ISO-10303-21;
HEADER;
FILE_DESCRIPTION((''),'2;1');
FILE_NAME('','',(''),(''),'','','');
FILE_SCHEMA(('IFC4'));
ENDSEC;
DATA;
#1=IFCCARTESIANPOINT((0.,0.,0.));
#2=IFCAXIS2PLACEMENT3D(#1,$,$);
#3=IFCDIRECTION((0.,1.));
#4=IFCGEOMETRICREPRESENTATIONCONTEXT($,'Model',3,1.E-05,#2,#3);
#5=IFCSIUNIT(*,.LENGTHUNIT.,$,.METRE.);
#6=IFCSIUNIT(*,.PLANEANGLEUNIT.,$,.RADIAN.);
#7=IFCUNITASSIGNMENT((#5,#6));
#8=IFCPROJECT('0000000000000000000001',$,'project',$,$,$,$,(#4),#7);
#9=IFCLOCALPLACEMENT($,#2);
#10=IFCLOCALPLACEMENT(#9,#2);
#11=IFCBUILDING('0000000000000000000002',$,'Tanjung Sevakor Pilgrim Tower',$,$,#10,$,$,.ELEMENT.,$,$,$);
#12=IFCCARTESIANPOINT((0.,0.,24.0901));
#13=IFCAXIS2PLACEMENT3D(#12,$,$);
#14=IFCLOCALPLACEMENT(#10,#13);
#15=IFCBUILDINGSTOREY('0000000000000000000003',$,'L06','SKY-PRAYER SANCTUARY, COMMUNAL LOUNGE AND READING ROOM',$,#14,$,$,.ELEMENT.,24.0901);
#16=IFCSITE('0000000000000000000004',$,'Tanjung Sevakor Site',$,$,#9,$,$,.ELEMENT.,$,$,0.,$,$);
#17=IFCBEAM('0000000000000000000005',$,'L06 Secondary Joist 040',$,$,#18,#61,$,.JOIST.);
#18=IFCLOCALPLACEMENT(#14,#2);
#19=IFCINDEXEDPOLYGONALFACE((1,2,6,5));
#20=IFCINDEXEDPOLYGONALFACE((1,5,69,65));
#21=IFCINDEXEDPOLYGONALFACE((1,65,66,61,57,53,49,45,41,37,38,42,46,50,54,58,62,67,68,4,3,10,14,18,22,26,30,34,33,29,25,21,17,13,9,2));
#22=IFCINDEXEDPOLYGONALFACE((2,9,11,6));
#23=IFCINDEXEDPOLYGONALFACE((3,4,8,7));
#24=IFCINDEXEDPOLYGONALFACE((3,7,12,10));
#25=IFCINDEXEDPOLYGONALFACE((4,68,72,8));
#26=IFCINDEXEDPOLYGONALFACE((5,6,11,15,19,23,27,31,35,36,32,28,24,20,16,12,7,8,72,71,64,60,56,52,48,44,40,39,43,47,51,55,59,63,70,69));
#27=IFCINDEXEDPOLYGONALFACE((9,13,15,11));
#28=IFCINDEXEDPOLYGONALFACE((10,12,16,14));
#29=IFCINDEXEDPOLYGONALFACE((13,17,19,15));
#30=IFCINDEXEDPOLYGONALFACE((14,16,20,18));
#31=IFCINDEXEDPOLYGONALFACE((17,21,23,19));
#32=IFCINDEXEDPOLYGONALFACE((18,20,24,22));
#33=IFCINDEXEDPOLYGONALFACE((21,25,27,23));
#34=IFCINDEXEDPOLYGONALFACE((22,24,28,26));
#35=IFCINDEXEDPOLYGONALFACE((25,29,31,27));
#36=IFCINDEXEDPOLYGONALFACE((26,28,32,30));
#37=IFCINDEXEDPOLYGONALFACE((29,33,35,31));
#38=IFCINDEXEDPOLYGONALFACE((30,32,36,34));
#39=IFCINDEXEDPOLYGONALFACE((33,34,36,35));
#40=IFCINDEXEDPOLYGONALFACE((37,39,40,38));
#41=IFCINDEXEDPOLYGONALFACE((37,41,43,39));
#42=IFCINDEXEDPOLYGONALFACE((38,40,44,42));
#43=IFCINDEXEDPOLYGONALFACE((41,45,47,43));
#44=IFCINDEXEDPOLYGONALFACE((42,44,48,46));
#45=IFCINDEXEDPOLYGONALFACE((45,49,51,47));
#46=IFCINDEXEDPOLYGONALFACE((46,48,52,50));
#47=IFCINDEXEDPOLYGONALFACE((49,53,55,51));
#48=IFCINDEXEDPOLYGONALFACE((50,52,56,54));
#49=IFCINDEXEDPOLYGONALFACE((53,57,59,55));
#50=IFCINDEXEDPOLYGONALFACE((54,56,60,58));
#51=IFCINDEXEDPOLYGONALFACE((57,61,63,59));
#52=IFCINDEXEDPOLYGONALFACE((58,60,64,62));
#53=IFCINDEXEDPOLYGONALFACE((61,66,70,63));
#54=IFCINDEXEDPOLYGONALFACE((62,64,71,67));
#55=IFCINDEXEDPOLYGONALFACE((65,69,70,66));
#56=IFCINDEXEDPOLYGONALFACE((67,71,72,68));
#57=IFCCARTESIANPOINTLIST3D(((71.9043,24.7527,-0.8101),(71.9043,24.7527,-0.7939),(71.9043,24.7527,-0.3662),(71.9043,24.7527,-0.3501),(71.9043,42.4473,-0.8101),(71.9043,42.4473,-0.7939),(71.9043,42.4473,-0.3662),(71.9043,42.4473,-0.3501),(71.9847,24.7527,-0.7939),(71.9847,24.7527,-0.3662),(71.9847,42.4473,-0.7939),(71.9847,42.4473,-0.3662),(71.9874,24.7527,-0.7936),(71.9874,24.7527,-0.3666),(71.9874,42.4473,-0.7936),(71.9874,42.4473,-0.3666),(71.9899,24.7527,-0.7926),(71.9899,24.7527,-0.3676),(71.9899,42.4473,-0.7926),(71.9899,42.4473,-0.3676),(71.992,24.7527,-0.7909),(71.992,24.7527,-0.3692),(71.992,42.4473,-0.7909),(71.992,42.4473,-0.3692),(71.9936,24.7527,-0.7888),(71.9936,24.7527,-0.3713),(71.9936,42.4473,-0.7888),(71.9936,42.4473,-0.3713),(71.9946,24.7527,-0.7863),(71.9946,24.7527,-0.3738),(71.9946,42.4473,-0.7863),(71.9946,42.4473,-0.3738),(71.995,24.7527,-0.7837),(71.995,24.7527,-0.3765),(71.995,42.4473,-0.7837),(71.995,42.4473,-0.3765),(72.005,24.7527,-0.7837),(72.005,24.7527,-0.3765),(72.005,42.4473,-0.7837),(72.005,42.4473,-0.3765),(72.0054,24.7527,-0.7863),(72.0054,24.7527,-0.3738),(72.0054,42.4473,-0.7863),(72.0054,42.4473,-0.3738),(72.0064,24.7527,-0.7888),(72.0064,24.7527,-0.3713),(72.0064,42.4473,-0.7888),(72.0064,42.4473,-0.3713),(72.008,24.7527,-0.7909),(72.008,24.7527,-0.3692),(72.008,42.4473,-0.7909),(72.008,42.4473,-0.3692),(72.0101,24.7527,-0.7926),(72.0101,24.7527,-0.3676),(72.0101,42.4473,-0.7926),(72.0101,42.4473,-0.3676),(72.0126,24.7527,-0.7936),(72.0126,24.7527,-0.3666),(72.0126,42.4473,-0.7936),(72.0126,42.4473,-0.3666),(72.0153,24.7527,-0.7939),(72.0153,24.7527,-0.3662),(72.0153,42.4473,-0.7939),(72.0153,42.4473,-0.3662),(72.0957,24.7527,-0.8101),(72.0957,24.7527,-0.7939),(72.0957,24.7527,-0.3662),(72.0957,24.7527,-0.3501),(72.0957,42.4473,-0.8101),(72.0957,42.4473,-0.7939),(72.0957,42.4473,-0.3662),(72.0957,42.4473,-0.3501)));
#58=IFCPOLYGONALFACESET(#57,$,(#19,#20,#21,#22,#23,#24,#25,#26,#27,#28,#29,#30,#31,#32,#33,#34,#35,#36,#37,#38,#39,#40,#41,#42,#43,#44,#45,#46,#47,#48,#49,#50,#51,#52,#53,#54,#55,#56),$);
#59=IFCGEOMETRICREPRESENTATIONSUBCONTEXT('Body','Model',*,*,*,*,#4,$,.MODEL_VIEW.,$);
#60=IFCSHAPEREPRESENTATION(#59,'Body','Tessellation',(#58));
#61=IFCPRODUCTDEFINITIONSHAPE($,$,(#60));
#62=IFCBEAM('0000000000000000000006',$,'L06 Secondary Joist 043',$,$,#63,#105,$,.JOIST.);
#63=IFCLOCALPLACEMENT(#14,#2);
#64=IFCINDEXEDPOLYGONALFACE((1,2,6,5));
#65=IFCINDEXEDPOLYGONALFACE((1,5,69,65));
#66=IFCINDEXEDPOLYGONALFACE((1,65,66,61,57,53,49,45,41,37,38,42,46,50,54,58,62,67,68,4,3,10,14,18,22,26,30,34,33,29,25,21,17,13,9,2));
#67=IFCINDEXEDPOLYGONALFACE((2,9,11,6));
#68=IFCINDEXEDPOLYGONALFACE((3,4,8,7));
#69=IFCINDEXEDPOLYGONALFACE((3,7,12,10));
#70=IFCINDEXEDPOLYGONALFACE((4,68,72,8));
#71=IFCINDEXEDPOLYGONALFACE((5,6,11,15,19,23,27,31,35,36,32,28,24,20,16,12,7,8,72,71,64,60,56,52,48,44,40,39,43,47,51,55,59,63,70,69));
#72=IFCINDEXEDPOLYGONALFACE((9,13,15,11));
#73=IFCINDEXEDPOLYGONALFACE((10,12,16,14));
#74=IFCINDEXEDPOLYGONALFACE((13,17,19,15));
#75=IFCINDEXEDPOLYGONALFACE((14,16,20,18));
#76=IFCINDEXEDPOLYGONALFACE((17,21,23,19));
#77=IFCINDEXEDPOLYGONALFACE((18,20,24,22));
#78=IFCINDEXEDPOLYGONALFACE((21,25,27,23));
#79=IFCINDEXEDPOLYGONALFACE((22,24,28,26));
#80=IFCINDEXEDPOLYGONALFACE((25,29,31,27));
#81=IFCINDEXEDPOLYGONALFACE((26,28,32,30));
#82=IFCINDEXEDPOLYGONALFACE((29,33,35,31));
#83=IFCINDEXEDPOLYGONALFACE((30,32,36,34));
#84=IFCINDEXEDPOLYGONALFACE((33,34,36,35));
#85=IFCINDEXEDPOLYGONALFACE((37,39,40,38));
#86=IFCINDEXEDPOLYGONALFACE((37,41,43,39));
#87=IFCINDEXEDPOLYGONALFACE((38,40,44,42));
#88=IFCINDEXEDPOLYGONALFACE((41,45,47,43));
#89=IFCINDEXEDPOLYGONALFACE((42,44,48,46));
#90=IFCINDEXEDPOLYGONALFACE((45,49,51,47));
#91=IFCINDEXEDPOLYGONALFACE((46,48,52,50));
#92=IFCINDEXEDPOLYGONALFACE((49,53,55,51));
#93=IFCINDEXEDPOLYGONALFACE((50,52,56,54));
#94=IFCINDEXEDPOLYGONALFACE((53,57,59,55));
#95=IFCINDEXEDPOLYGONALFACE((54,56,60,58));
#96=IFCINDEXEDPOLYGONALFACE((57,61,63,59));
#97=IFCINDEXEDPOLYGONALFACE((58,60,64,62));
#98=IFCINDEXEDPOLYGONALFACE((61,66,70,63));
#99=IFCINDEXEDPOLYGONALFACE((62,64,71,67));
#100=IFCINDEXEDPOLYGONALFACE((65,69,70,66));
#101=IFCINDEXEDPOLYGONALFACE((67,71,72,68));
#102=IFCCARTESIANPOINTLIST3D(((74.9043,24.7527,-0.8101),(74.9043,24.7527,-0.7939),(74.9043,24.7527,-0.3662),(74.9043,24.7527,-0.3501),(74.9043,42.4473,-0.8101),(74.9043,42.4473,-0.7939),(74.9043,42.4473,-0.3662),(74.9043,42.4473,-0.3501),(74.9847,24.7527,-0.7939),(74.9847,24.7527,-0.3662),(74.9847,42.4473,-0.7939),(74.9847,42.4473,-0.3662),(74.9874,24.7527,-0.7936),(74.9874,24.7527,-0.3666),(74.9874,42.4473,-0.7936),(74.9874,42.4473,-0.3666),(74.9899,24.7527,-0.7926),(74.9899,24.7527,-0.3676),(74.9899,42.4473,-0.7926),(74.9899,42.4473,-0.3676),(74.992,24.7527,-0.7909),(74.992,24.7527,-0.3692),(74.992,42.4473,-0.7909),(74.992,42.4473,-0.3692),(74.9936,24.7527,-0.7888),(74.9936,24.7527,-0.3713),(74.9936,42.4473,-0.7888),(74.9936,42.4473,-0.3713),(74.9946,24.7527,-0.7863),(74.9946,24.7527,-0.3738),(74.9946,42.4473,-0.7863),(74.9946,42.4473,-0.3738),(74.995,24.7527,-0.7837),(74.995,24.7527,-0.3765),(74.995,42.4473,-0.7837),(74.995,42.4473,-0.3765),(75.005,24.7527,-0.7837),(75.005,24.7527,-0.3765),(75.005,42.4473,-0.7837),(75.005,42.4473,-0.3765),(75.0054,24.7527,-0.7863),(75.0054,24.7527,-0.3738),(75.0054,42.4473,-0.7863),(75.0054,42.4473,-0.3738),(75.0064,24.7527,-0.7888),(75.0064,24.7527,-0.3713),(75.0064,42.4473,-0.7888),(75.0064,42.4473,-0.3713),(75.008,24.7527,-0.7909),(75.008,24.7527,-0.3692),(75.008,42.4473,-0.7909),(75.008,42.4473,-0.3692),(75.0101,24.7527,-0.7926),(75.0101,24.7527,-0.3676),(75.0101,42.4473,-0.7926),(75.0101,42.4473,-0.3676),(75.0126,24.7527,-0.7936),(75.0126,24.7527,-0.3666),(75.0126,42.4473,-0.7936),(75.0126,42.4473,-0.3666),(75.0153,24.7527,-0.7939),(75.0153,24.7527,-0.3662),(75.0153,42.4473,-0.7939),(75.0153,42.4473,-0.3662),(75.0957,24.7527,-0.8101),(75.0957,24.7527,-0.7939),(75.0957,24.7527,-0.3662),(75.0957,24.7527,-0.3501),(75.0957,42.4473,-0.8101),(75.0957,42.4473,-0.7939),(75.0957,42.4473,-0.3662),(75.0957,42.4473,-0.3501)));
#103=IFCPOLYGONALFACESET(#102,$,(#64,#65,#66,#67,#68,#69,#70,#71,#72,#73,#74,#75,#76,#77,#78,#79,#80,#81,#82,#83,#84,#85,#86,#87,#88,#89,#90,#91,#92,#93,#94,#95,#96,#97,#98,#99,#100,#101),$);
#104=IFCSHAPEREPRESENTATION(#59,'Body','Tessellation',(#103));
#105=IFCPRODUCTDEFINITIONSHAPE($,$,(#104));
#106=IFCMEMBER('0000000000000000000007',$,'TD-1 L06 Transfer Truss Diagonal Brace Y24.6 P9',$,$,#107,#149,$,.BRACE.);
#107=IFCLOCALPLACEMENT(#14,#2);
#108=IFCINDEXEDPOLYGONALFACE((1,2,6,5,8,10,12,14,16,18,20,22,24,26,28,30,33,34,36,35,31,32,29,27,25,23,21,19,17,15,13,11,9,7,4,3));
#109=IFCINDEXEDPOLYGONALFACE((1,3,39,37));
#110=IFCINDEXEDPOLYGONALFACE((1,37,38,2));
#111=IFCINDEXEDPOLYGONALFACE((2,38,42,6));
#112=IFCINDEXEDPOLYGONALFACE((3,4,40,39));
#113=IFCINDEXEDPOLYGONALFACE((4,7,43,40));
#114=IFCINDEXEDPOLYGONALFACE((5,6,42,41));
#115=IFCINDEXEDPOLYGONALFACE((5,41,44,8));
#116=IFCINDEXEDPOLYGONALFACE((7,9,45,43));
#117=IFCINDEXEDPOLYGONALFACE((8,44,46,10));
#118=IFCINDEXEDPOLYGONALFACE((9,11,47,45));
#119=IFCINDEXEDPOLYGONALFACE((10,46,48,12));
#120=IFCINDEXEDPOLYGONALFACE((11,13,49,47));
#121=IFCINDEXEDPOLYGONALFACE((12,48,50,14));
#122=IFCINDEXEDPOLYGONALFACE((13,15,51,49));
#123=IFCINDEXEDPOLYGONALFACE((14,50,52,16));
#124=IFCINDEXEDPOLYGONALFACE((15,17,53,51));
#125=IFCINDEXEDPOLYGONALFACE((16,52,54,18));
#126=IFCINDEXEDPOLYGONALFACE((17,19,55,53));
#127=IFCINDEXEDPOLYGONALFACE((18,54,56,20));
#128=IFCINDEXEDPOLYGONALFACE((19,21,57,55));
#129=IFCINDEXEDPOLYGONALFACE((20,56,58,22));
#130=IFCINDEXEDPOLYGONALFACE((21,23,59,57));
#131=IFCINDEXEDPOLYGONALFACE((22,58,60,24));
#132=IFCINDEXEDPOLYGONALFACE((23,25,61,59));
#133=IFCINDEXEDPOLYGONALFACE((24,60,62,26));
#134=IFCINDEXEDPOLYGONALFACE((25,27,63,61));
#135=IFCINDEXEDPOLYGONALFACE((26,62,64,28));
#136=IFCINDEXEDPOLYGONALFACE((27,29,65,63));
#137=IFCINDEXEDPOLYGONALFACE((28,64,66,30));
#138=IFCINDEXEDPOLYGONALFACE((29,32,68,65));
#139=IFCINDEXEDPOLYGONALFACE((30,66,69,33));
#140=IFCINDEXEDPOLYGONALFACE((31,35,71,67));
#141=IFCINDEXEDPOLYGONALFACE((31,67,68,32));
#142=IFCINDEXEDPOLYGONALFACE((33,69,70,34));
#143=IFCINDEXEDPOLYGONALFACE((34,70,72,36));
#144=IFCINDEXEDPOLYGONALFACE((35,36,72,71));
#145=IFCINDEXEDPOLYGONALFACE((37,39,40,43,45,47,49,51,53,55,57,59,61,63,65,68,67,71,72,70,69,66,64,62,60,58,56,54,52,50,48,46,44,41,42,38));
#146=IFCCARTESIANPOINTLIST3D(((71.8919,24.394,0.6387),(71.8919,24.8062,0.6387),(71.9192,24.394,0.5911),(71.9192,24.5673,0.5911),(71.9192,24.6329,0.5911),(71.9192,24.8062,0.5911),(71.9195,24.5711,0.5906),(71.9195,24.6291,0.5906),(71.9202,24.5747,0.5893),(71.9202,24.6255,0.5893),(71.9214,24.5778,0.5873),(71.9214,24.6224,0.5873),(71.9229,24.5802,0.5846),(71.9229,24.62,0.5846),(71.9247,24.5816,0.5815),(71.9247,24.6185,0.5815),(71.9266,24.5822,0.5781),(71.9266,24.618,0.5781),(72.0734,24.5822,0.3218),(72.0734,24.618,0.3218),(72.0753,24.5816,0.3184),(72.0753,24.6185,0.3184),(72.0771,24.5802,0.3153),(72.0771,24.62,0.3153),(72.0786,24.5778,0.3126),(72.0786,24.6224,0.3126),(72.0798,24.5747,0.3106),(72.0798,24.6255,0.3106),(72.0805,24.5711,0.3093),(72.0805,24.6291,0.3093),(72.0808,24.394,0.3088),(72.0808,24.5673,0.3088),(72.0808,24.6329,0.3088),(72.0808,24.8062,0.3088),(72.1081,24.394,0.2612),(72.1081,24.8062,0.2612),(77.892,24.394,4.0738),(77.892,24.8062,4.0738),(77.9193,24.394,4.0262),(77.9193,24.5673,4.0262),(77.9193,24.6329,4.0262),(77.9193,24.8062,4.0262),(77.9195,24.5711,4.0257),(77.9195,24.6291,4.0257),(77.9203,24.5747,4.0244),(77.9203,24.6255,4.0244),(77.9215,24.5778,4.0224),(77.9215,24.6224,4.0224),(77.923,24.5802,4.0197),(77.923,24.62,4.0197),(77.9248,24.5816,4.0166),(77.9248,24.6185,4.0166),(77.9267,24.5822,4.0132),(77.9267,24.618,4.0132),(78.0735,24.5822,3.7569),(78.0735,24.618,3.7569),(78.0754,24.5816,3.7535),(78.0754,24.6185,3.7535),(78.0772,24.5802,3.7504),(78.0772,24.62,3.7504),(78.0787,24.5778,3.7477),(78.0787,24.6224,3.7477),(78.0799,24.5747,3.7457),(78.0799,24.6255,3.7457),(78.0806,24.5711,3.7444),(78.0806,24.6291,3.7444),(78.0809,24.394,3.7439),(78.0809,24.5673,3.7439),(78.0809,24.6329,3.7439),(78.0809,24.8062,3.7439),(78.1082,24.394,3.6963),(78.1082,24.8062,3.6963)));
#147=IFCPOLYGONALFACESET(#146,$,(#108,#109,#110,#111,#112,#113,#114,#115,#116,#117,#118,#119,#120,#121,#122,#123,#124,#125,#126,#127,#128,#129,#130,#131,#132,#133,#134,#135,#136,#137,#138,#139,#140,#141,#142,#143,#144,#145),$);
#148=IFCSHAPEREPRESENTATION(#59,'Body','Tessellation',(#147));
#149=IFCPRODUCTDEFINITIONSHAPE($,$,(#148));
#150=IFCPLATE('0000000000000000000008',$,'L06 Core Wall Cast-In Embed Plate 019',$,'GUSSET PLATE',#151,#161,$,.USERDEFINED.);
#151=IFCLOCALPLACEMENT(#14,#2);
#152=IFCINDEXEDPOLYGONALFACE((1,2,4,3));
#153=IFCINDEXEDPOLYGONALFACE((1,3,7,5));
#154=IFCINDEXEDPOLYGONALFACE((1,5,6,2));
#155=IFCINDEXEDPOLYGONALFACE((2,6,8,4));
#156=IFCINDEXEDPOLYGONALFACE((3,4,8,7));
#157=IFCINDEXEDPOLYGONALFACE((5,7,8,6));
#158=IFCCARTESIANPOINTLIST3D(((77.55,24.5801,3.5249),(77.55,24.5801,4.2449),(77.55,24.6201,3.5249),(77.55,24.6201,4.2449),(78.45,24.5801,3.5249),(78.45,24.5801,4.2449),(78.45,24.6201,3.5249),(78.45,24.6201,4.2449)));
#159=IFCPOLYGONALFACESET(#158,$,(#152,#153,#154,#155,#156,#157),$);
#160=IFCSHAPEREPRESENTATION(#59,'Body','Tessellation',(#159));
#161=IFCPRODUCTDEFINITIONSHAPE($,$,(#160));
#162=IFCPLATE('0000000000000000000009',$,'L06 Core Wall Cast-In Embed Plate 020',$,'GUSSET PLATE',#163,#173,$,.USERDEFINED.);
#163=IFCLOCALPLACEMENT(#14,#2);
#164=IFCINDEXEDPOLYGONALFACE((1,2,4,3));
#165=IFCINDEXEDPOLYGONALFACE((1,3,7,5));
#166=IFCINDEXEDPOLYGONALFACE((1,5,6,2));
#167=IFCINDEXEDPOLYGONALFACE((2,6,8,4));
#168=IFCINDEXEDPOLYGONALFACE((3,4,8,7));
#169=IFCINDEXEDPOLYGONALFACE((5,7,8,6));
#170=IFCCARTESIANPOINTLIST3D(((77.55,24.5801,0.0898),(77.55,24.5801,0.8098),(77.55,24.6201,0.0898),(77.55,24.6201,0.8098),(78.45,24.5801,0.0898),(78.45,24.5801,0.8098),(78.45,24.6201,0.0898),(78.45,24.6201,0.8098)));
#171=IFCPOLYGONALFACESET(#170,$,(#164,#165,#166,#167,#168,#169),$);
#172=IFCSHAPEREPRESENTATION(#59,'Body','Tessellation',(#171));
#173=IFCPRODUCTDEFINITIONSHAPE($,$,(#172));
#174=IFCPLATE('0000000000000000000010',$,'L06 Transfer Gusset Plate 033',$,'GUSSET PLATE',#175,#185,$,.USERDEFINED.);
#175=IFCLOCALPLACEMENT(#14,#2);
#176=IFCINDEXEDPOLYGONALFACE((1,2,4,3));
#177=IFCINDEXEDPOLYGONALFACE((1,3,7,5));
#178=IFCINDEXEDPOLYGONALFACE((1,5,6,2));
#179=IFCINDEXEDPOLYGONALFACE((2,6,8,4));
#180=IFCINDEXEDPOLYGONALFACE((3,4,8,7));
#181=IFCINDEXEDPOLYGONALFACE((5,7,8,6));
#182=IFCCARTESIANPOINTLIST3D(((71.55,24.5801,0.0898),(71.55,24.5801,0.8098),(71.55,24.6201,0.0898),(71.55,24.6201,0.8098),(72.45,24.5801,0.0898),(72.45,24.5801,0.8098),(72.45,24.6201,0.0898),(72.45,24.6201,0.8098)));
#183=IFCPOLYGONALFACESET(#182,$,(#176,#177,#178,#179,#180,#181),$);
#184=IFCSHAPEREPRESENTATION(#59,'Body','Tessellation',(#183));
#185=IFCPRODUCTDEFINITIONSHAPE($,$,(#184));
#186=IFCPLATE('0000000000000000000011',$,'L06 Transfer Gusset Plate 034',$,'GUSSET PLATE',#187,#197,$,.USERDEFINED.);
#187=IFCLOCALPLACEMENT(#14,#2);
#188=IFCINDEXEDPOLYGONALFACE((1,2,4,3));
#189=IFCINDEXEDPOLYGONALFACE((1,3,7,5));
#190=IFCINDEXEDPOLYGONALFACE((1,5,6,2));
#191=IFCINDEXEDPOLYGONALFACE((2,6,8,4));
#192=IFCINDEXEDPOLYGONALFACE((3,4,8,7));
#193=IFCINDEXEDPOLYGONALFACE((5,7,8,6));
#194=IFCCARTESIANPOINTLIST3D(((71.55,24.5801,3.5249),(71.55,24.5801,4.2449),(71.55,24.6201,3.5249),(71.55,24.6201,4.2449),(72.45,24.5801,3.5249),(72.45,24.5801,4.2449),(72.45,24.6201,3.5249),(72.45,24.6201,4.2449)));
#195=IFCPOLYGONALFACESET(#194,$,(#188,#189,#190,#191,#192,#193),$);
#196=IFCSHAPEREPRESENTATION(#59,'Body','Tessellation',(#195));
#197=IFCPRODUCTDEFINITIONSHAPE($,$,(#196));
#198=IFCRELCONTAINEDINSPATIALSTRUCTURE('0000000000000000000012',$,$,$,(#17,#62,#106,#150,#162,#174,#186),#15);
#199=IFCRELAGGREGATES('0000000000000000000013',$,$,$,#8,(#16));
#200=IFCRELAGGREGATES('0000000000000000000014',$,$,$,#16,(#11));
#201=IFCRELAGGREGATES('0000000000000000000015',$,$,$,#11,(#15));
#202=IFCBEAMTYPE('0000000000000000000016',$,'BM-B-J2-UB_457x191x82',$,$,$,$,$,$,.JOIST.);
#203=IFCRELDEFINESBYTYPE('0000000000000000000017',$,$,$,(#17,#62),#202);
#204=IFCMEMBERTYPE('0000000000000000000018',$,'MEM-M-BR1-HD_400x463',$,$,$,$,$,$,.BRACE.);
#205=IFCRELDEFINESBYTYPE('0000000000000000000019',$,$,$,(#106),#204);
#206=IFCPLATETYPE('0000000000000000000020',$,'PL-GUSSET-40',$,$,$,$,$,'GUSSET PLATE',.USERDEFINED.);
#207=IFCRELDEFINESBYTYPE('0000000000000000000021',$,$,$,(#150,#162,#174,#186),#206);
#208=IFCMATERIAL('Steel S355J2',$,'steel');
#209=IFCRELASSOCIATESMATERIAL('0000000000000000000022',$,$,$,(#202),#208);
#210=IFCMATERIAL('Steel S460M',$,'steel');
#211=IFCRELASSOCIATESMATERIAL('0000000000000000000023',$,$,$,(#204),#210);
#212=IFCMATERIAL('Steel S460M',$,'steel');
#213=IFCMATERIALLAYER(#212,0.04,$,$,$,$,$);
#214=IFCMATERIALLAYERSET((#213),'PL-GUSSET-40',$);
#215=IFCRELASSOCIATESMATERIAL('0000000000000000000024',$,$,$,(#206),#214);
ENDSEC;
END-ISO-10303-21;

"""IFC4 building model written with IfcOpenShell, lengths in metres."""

from ifc_helpers import new_model, si_unit, direction, frame, origin, origin_2d, place, context, subcontext, project, spatial, rectangle, i_section, extrude, material, layer, layer_set, material_profile, profile_set, type_object, element, save


model = new_model("IFC4")

# Units and contexts
model_context = context("Model", 3, precision=1e-05, world=origin(), true_north=direction((0.0, 1.0)))
body_context = subcontext(model_context, "Body", "Model", "MODEL_VIEW")
ifc_project = project(units=[si_unit("LENGTHUNIT", "METRE"), si_unit("PLANEANGLEUNIT", "RADIAN")], contexts=[model_context])

# Site, building, storey
site_placement = place(None, origin())
site = spatial("IfcSite", under=ifc_project, at=site_placement, Name="Tanjung Sevakor Site", CompositionType="ELEMENT", RefElevation=0.0)
building_placement = place(site_placement, origin())
building = spatial("IfcBuilding", under=site, at=building_placement, Name="Tanjung Sevakor Pilgrim Tower", CompositionType="ELEMENT")
storey_placement = place(building_placement, frame((0.0, 0.0, 24.0901)))
storey = spatial("IfcBuildingStorey", under=building, at=storey_placement, Name="L06", Description="SKY-PRAYER SANCTUARY, COMMUNAL LOUNGE AND READING ROOM", CompositionType="ELEMENT", Elevation=24.0901)

# Beams
ifc_material_1 = material(Name="Steel S355J2", Category="steel")
ifc_material_profile_1 = material_profile(ifc_material_1, i_section(OverallWidth=0.1914, OverallDepth=0.46, WebThickness=0.01, FlangeThickness=0.0161, FilletRadius=0.0103, at=origin_2d()))
ifc_profile_set_1 = profile_set([ifc_material_profile_1], Name="Steel S355J2")
beam_type_1 = type_object("IfcBeamType", Name="BM-B-J2-UB_457x191x82", PredefinedType="JOIST", material=ifc_profile_set_1)
for number, where, z_axis, x_axis, name in (
    (1, (72.0, 24.7527, -0.5801), (0.0, 1.0, 0.0), (-1.0, 0.0, 0.0), "L06 Secondary Joist 040"),
    (2, (75.0, 24.7527, -0.5801), (0.0, 1.0, 0.0), (-1.0, 0.0, 0.0), "L06 Secondary Joist 043"),
):
    element("IfcBeam", number, at=place(storey_placement, frame(where, z_axis=z_axis, x_axis=x_axis)), inside=storey, type_object=beam_type_1, Name=name, PredefinedType="JOIST", context=body_context, shape_type="SweptSolid", body=[
        extrude(i_section(OverallWidth=0.1914, OverallDepth=0.46, WebThickness=0.01, FlangeThickness=0.0161, FilletRadius=0.0103, at=origin_2d()), origin(), (0.0, 0.0, 1.0), 17.6946),
    ])

# Member
ifc_material_2 = material(Name="Steel S460M", Category="steel")
ifc_material_profile_2 = material_profile(ifc_material_2, i_section(OverallWidth=0.4121, OverallDepth=0.4351, WebThickness=0.0359, FlangeThickness=0.0549, FilletRadius=0.0149, at=origin_2d()))
ifc_profile_set_2 = profile_set([ifc_material_profile_2], Name="Steel S460M")
member_type = type_object("IfcMemberType", Name="MEM-M-BR1-HD_400x463", PredefinedType="BRACE", material=ifc_profile_set_2)
member_placement = place(storey_placement, frame((72.0, 24.6001, 0.45), z_axis=(0.867839, 0.0, 0.496846), x_axis=(0.0, 1.0, 0.0)))
element("IfcMember", 3, at=member_placement, inside=storey, type_object=member_type, Name="TD-1 L06 Transfer Truss Diagonal Brace Y24.6 P9", PredefinedType="BRACE", context=body_context, shape_type="SweptSolid", body=[
    extrude(i_section(OverallWidth=0.4121, OverallDepth=0.4351, WebThickness=0.0359, FlangeThickness=0.0549, FilletRadius=0.0149, at=origin_2d()), origin(), (0.0, 0.0, 1.0), 6.9138),
])

# Plates
ifc_material_3 = material(Name="Steel S460M", Category="steel")
ifc_layer_1 = layer(ifc_material_3, 0.04)
ifc_layer_set_1 = layer_set([ifc_layer_1], Name="PL-GUSSET-40")
plate_type = type_object("IfcPlateType", Name="PL-GUSSET-40", ElementType="GUSSET PLATE", PredefinedType="USERDEFINED", material=ifc_layer_set_1)
for number, where, z_axis, x_axis, name in (
    (4, (78.0, 24.6001, 3.5249), (0.0, 0.0, 1.0), (1.0, 0.0, 0.0), "L06 Core Wall Cast-In Embed Plate 019"),
    (5, (78.0, 24.6001, 0.0898), (0.0, 0.0, 1.0), (1.0, 0.0, 0.0), "L06 Core Wall Cast-In Embed Plate 020"),
    (6, (72.0, 24.6001, 0.0898), (0.0, 0.0, 1.0), (1.0, 0.0, 0.0), "L06 Transfer Gusset Plate 033"),
    (7, (72.0, 24.6001, 3.5249), (0.0, 0.0, 1.0), (1.0, 0.0, 0.0), "L06 Transfer Gusset Plate 034"),
):
    element("IfcPlate", number, at=place(storey_placement, frame(where, z_axis=z_axis, x_axis=x_axis)), inside=storey, type_object=plate_type, Name=name, ObjectType="GUSSET PLATE", PredefinedType="USERDEFINED", context=body_context, shape_type="SweptSolid", body=[
        extrude(rectangle(XDim=0.8999, YDim=0.04, at=origin_2d()), origin(), (0.0, 0.0, 1.0), 0.72),
    ])

save(model, "model.ifc")
